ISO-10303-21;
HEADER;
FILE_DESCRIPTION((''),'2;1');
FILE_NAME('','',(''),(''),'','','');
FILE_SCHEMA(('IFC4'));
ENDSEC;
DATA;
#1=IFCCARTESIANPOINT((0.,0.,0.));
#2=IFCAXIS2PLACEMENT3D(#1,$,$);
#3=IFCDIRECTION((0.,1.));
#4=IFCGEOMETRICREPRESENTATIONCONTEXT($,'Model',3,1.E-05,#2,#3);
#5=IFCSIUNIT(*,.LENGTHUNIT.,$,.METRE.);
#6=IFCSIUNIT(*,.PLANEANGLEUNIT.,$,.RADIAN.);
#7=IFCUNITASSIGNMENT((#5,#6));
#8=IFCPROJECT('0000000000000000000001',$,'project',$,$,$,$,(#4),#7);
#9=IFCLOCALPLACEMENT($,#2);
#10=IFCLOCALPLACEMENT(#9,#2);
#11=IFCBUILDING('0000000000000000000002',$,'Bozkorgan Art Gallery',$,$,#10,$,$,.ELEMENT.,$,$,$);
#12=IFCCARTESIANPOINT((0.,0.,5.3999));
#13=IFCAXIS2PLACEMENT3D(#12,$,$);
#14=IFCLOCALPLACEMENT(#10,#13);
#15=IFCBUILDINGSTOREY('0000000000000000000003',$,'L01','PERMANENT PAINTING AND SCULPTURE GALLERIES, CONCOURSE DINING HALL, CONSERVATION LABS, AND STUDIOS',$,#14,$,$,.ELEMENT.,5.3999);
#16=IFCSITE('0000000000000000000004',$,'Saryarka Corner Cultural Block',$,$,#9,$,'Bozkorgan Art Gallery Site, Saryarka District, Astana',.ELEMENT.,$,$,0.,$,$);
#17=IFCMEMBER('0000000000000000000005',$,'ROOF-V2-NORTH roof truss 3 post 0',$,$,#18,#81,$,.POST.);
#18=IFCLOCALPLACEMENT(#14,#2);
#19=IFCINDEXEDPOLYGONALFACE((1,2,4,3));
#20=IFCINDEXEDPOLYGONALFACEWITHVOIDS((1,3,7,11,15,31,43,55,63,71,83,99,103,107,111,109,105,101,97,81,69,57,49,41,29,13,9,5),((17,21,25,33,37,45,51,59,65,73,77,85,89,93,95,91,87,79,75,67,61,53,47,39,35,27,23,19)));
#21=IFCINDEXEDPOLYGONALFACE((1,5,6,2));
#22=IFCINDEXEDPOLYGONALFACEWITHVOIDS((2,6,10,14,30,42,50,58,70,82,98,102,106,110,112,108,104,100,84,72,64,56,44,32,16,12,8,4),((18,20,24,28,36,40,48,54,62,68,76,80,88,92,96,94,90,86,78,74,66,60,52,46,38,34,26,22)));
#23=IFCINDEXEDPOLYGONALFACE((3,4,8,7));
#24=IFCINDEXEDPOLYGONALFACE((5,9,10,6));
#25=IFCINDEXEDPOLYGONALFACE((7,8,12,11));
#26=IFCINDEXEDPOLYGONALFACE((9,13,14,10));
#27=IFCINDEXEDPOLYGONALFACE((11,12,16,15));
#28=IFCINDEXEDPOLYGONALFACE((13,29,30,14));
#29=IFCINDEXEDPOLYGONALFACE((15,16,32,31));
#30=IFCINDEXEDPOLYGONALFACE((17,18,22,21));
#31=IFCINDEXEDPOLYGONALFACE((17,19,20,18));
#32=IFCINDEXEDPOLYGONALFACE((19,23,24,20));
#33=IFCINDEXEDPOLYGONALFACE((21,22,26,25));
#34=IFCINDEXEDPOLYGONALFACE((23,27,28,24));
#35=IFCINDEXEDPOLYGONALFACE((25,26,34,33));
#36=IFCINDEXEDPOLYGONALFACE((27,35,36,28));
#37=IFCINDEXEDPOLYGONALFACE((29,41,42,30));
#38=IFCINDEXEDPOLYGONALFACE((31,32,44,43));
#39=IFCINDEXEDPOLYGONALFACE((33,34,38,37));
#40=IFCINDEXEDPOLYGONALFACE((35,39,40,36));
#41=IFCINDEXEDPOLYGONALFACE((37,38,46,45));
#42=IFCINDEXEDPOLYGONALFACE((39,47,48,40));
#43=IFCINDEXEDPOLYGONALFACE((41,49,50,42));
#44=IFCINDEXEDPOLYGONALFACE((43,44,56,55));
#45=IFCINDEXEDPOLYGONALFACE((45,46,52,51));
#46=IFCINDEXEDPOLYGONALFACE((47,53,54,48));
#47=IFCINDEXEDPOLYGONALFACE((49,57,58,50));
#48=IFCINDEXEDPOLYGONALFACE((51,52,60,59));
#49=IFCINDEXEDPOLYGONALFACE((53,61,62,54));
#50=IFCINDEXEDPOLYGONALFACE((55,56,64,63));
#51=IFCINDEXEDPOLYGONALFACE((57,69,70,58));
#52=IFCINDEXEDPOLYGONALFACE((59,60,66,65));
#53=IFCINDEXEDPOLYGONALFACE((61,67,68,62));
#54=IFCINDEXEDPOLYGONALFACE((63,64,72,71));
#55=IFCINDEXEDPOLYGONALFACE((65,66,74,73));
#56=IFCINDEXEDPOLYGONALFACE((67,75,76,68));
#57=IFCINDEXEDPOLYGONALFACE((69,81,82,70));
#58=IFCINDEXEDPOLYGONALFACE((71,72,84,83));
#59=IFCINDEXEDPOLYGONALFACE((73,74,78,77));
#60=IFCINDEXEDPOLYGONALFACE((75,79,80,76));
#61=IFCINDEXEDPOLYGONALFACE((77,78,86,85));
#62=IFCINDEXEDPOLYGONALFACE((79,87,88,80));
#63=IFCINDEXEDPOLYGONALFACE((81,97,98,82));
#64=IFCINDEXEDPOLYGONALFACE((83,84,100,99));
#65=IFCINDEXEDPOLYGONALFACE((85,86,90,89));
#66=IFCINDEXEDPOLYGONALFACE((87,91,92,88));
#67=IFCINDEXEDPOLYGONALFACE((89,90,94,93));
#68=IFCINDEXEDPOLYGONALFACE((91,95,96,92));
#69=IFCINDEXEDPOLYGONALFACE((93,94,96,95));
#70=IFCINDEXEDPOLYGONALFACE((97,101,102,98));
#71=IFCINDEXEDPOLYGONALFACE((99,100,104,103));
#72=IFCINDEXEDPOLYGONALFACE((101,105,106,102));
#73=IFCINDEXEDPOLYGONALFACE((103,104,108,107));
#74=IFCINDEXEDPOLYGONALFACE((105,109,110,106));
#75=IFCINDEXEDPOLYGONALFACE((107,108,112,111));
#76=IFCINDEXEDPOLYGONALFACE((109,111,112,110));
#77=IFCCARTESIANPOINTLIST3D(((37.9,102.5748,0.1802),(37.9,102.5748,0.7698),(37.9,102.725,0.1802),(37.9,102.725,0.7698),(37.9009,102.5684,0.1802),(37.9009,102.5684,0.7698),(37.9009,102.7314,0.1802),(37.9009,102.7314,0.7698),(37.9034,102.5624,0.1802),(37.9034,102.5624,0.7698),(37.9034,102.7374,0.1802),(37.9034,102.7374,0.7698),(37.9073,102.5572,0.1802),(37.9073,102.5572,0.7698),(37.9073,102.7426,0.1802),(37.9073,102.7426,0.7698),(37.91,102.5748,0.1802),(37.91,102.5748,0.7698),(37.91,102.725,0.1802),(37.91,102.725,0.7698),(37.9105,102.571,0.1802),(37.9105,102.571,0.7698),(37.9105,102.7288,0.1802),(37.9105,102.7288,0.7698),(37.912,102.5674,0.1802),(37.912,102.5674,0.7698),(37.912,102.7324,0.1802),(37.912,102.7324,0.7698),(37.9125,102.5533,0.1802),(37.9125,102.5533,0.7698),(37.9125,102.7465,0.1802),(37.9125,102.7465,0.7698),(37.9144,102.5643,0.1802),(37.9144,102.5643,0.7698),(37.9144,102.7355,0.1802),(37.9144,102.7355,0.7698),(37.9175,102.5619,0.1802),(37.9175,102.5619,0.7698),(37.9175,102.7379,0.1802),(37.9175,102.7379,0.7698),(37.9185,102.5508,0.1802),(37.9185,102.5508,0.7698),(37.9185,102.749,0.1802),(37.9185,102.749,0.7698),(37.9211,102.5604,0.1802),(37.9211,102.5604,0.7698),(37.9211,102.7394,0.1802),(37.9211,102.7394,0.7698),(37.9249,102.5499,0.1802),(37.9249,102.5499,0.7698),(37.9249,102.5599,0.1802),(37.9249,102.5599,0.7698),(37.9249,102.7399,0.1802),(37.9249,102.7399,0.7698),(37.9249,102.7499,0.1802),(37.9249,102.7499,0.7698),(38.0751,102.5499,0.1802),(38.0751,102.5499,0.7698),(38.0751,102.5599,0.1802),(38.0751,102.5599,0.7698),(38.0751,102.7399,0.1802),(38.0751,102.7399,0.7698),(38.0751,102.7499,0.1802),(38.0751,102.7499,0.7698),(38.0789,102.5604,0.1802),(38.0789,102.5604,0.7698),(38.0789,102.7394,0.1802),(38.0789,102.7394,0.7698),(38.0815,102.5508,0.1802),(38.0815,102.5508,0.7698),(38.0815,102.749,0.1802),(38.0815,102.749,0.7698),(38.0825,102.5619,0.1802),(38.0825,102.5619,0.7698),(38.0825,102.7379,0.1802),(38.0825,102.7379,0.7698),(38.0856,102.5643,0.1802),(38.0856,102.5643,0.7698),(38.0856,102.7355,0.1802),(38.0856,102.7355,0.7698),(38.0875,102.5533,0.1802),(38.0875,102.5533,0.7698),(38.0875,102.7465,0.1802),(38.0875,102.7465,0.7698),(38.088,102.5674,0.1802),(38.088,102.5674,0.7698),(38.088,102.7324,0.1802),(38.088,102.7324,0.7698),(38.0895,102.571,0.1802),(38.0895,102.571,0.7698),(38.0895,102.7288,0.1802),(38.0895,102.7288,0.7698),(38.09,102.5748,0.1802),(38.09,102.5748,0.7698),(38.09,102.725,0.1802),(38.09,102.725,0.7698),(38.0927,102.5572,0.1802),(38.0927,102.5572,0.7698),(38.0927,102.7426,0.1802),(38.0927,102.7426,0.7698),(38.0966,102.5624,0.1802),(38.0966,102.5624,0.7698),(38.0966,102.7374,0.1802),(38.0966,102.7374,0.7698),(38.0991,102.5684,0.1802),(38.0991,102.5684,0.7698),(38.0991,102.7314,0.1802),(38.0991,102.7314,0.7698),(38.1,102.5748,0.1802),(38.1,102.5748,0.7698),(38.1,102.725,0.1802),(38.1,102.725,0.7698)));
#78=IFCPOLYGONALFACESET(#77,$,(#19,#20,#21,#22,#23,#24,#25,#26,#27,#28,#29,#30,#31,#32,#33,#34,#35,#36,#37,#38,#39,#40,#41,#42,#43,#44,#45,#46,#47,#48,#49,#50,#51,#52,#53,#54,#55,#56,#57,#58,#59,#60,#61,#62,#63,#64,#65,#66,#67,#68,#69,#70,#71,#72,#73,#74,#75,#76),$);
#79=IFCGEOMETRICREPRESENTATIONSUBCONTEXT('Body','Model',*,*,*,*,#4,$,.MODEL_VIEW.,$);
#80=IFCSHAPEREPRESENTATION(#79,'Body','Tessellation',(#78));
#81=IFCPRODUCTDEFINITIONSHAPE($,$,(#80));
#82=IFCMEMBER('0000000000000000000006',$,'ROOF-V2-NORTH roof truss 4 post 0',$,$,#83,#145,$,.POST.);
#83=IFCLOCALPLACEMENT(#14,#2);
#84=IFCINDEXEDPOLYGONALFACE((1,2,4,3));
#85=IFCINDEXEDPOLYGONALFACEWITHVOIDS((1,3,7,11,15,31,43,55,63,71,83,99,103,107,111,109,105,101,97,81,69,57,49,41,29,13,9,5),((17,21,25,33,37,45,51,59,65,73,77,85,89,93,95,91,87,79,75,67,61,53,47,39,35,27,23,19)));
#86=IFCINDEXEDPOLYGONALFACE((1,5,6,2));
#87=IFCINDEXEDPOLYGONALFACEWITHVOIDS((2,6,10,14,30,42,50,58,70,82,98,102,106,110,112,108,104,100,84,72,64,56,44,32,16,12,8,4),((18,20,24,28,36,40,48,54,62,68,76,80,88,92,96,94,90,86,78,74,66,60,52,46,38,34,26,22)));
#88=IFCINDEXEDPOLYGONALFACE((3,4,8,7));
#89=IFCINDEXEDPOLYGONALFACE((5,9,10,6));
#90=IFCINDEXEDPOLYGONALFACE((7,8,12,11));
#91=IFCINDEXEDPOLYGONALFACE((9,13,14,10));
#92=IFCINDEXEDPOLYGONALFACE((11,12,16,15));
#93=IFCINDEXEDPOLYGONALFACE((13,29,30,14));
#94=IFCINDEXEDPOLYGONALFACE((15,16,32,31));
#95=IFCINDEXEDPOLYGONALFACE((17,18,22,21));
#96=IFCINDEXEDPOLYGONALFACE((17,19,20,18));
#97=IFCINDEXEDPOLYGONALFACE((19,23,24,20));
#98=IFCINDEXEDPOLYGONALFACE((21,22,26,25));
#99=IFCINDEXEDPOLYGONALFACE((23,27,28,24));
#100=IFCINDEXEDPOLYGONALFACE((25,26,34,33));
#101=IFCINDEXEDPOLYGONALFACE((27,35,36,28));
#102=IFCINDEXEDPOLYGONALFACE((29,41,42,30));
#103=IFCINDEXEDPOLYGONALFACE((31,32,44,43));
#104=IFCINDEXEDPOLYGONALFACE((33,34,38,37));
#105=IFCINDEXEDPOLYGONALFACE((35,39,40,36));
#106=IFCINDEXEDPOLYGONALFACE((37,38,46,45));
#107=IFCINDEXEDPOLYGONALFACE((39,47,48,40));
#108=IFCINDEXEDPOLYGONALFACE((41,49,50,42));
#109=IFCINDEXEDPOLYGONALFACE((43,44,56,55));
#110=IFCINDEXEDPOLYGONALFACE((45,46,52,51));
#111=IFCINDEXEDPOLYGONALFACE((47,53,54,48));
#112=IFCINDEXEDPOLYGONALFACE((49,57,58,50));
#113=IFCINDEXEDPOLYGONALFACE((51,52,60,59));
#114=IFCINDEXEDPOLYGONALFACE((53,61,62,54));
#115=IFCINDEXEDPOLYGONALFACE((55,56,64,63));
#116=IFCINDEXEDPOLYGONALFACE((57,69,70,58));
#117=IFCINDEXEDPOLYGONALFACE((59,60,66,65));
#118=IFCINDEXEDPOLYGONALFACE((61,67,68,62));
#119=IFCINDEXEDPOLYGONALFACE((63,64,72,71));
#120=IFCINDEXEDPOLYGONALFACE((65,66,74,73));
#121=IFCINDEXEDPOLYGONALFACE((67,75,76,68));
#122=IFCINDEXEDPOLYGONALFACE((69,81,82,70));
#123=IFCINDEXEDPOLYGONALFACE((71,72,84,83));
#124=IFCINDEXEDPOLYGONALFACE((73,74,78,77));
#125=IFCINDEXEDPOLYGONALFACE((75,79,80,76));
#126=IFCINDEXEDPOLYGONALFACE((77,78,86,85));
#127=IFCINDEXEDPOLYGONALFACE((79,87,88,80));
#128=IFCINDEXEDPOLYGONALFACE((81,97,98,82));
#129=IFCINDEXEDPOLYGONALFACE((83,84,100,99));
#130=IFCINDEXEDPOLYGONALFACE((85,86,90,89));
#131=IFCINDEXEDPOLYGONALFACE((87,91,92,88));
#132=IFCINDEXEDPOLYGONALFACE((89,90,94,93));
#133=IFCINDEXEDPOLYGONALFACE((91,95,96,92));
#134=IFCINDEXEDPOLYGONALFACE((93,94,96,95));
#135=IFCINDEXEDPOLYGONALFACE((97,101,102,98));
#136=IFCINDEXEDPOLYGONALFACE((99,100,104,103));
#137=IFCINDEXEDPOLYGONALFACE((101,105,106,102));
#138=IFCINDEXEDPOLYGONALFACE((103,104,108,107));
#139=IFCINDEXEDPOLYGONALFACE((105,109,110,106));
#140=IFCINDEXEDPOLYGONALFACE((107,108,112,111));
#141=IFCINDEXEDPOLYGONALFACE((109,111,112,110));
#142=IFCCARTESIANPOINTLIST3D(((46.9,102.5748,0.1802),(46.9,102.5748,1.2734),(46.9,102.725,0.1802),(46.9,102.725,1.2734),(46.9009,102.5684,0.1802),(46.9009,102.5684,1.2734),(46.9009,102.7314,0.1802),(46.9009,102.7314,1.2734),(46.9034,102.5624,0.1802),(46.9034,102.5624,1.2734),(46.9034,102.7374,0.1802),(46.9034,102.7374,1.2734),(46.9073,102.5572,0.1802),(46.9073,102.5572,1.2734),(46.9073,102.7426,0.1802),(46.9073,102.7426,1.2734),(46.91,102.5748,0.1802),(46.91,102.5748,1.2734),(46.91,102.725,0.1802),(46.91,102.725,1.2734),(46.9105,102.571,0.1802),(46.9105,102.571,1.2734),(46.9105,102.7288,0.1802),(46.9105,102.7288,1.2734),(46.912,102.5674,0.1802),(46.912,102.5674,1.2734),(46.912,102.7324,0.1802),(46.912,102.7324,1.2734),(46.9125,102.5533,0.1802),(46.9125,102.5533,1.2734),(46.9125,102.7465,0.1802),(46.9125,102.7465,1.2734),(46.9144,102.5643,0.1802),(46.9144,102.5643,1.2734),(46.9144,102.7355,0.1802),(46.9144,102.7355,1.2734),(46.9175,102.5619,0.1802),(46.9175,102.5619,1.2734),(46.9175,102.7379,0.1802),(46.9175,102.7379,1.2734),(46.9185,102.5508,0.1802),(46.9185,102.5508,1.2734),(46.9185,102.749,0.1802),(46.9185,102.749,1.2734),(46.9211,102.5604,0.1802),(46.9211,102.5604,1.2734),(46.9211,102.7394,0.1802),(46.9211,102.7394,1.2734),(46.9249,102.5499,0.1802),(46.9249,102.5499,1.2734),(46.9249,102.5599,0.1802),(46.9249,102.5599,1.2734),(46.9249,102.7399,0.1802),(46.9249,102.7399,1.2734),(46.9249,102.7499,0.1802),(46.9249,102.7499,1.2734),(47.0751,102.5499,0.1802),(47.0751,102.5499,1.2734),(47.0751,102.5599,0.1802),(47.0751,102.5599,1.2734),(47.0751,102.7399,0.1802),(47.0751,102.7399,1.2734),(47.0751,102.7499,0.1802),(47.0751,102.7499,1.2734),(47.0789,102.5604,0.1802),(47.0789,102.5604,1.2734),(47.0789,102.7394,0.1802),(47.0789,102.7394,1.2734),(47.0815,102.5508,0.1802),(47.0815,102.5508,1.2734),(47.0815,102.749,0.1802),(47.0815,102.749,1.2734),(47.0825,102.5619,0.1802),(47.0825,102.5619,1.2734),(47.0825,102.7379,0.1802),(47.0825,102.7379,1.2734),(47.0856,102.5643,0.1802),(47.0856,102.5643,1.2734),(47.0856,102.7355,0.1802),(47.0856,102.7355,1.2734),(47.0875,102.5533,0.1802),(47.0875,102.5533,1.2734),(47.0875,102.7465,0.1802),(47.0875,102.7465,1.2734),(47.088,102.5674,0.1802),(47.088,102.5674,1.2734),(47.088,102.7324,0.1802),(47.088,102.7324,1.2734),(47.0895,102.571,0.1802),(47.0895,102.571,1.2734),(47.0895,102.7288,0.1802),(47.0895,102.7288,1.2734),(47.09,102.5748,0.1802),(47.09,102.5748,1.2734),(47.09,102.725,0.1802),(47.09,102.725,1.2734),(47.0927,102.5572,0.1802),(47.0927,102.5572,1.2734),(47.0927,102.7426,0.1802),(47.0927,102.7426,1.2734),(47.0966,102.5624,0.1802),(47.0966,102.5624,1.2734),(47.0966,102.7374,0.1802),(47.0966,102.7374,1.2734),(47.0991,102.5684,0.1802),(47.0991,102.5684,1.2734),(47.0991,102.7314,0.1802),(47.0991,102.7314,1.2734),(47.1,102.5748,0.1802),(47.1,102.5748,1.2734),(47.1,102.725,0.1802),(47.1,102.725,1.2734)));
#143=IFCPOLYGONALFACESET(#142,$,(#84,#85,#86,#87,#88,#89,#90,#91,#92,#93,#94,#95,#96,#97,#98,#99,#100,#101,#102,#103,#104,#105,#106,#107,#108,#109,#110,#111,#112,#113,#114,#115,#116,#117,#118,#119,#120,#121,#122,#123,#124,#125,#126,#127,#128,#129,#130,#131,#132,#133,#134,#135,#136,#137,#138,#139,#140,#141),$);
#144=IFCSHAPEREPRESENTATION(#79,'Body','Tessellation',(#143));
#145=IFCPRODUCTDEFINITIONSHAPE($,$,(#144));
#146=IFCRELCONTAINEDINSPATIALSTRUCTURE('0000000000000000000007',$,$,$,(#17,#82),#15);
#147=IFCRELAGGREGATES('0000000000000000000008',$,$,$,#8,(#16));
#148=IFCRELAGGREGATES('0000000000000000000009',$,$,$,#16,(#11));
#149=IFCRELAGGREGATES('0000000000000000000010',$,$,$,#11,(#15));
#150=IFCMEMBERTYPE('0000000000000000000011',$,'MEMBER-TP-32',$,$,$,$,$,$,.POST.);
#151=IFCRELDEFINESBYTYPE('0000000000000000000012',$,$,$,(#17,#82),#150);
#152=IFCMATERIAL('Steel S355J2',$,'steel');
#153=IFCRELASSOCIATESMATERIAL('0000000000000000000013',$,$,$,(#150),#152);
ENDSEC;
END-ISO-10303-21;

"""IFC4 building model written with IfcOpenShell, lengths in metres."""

from ifc_helpers import new_model, si_unit, direction, frame, origin, origin_2d, place, context, subcontext, project, spatial, hollow_rectangle, extrude, material, material_profile, profile_set, type_object, element, save


model = new_model("IFC4")

# Units and contexts
model_context = context("Model", 3, precision=1e-05, world=origin(), true_north=direction((0.0, 1.0)))
body_context = subcontext(model_context, "Body", "Model", "MODEL_VIEW")
ifc_project = project(units=[si_unit("LENGTHUNIT", "METRE"), si_unit("PLANEANGLEUNIT", "RADIAN")], contexts=[model_context])

# Site, building, storey
site_placement = place(None, origin())
site = spatial("IfcSite", under=ifc_project, at=site_placement, Name="Saryarka Corner Cultural Block", LongName="Bozkorgan Art Gallery Site, Saryarka District, Astana", CompositionType="ELEMENT", RefElevation=0.0)
building_placement = place(site_placement, origin())
building = spatial("IfcBuilding", under=site, at=building_placement, Name="Bozkorgan Art Gallery", CompositionType="ELEMENT")
storey_placement = place(building_placement, frame((0.0, 0.0, 5.3999)))
storey = spatial("IfcBuildingStorey", under=building, at=storey_placement, Name="L01", Description="PERMANENT PAINTING AND SCULPTURE GALLERIES, CONCOURSE DINING HALL, CONSERVATION LABS, AND STUDIOS", CompositionType="ELEMENT", Elevation=5.3999)

# Shared definitions
ifc_material_1 = material(Name="Steel S355J2", Category="steel")

# Members
ifc_material_profile_1 = material_profile(ifc_material_1, hollow_rectangle(XDim=0.2, YDim=0.2, WallThickness=0.01, InnerFilletRadius=0.0149, OuterFilletRadius=0.0249, at=origin_2d()), Name="SHS 200x200x10")
ifc_profile_set_1 = profile_set([ifc_material_profile_1], Name="Steel S355J2")
member_type_1 = type_object("IfcMemberType", Name="MEMBER-TP-32", PredefinedType="POST", material=ifc_profile_set_1)
for number, where, z_axis, x_axis, name in (
    (1, (38.0, 102.6499, 0.1802), (0.0, 0.0, 1.0), (1.0, 0.0, 0.0), "ROOF-V2-NORTH roof truss 3 post 0"),
):
    element("IfcMember", number, at=place(storey_placement, frame(where, z_axis=z_axis, x_axis=x_axis)), inside=storey, type_object=member_type_1, Name=name, PredefinedType="POST", context=body_context, shape_type="SweptSolid", body=[
        extrude(hollow_rectangle(XDim=0.2, YDim=0.2, WallThickness=0.01, InnerFilletRadius=0.0149, OuterFilletRadius=0.0249, at=origin_2d()), origin(), (0.0, 0.0, 1.0), 0.5896),
    ])
member_1_placement = place(storey_placement, frame((47.0, 102.6499, 0.1802), z_axis=(0.0, 0.0, 1.0), x_axis=(1.0, 0.0, 0.0)))
element("IfcMember", 2, at=member_1_placement, inside=storey, type_object=member_type_1, Name="ROOF-V2-NORTH roof truss 4 post 0", PredefinedType="POST", context=body_context, shape_type="SweptSolid", body=[
    extrude(hollow_rectangle(XDim=0.2, YDim=0.2, WallThickness=0.01, InnerFilletRadius=0.0149, OuterFilletRadius=0.0249, at=origin_2d()), origin(), (0.0, 0.0, 1.0), 1.0933),
])

save(model, "model.ifc")
